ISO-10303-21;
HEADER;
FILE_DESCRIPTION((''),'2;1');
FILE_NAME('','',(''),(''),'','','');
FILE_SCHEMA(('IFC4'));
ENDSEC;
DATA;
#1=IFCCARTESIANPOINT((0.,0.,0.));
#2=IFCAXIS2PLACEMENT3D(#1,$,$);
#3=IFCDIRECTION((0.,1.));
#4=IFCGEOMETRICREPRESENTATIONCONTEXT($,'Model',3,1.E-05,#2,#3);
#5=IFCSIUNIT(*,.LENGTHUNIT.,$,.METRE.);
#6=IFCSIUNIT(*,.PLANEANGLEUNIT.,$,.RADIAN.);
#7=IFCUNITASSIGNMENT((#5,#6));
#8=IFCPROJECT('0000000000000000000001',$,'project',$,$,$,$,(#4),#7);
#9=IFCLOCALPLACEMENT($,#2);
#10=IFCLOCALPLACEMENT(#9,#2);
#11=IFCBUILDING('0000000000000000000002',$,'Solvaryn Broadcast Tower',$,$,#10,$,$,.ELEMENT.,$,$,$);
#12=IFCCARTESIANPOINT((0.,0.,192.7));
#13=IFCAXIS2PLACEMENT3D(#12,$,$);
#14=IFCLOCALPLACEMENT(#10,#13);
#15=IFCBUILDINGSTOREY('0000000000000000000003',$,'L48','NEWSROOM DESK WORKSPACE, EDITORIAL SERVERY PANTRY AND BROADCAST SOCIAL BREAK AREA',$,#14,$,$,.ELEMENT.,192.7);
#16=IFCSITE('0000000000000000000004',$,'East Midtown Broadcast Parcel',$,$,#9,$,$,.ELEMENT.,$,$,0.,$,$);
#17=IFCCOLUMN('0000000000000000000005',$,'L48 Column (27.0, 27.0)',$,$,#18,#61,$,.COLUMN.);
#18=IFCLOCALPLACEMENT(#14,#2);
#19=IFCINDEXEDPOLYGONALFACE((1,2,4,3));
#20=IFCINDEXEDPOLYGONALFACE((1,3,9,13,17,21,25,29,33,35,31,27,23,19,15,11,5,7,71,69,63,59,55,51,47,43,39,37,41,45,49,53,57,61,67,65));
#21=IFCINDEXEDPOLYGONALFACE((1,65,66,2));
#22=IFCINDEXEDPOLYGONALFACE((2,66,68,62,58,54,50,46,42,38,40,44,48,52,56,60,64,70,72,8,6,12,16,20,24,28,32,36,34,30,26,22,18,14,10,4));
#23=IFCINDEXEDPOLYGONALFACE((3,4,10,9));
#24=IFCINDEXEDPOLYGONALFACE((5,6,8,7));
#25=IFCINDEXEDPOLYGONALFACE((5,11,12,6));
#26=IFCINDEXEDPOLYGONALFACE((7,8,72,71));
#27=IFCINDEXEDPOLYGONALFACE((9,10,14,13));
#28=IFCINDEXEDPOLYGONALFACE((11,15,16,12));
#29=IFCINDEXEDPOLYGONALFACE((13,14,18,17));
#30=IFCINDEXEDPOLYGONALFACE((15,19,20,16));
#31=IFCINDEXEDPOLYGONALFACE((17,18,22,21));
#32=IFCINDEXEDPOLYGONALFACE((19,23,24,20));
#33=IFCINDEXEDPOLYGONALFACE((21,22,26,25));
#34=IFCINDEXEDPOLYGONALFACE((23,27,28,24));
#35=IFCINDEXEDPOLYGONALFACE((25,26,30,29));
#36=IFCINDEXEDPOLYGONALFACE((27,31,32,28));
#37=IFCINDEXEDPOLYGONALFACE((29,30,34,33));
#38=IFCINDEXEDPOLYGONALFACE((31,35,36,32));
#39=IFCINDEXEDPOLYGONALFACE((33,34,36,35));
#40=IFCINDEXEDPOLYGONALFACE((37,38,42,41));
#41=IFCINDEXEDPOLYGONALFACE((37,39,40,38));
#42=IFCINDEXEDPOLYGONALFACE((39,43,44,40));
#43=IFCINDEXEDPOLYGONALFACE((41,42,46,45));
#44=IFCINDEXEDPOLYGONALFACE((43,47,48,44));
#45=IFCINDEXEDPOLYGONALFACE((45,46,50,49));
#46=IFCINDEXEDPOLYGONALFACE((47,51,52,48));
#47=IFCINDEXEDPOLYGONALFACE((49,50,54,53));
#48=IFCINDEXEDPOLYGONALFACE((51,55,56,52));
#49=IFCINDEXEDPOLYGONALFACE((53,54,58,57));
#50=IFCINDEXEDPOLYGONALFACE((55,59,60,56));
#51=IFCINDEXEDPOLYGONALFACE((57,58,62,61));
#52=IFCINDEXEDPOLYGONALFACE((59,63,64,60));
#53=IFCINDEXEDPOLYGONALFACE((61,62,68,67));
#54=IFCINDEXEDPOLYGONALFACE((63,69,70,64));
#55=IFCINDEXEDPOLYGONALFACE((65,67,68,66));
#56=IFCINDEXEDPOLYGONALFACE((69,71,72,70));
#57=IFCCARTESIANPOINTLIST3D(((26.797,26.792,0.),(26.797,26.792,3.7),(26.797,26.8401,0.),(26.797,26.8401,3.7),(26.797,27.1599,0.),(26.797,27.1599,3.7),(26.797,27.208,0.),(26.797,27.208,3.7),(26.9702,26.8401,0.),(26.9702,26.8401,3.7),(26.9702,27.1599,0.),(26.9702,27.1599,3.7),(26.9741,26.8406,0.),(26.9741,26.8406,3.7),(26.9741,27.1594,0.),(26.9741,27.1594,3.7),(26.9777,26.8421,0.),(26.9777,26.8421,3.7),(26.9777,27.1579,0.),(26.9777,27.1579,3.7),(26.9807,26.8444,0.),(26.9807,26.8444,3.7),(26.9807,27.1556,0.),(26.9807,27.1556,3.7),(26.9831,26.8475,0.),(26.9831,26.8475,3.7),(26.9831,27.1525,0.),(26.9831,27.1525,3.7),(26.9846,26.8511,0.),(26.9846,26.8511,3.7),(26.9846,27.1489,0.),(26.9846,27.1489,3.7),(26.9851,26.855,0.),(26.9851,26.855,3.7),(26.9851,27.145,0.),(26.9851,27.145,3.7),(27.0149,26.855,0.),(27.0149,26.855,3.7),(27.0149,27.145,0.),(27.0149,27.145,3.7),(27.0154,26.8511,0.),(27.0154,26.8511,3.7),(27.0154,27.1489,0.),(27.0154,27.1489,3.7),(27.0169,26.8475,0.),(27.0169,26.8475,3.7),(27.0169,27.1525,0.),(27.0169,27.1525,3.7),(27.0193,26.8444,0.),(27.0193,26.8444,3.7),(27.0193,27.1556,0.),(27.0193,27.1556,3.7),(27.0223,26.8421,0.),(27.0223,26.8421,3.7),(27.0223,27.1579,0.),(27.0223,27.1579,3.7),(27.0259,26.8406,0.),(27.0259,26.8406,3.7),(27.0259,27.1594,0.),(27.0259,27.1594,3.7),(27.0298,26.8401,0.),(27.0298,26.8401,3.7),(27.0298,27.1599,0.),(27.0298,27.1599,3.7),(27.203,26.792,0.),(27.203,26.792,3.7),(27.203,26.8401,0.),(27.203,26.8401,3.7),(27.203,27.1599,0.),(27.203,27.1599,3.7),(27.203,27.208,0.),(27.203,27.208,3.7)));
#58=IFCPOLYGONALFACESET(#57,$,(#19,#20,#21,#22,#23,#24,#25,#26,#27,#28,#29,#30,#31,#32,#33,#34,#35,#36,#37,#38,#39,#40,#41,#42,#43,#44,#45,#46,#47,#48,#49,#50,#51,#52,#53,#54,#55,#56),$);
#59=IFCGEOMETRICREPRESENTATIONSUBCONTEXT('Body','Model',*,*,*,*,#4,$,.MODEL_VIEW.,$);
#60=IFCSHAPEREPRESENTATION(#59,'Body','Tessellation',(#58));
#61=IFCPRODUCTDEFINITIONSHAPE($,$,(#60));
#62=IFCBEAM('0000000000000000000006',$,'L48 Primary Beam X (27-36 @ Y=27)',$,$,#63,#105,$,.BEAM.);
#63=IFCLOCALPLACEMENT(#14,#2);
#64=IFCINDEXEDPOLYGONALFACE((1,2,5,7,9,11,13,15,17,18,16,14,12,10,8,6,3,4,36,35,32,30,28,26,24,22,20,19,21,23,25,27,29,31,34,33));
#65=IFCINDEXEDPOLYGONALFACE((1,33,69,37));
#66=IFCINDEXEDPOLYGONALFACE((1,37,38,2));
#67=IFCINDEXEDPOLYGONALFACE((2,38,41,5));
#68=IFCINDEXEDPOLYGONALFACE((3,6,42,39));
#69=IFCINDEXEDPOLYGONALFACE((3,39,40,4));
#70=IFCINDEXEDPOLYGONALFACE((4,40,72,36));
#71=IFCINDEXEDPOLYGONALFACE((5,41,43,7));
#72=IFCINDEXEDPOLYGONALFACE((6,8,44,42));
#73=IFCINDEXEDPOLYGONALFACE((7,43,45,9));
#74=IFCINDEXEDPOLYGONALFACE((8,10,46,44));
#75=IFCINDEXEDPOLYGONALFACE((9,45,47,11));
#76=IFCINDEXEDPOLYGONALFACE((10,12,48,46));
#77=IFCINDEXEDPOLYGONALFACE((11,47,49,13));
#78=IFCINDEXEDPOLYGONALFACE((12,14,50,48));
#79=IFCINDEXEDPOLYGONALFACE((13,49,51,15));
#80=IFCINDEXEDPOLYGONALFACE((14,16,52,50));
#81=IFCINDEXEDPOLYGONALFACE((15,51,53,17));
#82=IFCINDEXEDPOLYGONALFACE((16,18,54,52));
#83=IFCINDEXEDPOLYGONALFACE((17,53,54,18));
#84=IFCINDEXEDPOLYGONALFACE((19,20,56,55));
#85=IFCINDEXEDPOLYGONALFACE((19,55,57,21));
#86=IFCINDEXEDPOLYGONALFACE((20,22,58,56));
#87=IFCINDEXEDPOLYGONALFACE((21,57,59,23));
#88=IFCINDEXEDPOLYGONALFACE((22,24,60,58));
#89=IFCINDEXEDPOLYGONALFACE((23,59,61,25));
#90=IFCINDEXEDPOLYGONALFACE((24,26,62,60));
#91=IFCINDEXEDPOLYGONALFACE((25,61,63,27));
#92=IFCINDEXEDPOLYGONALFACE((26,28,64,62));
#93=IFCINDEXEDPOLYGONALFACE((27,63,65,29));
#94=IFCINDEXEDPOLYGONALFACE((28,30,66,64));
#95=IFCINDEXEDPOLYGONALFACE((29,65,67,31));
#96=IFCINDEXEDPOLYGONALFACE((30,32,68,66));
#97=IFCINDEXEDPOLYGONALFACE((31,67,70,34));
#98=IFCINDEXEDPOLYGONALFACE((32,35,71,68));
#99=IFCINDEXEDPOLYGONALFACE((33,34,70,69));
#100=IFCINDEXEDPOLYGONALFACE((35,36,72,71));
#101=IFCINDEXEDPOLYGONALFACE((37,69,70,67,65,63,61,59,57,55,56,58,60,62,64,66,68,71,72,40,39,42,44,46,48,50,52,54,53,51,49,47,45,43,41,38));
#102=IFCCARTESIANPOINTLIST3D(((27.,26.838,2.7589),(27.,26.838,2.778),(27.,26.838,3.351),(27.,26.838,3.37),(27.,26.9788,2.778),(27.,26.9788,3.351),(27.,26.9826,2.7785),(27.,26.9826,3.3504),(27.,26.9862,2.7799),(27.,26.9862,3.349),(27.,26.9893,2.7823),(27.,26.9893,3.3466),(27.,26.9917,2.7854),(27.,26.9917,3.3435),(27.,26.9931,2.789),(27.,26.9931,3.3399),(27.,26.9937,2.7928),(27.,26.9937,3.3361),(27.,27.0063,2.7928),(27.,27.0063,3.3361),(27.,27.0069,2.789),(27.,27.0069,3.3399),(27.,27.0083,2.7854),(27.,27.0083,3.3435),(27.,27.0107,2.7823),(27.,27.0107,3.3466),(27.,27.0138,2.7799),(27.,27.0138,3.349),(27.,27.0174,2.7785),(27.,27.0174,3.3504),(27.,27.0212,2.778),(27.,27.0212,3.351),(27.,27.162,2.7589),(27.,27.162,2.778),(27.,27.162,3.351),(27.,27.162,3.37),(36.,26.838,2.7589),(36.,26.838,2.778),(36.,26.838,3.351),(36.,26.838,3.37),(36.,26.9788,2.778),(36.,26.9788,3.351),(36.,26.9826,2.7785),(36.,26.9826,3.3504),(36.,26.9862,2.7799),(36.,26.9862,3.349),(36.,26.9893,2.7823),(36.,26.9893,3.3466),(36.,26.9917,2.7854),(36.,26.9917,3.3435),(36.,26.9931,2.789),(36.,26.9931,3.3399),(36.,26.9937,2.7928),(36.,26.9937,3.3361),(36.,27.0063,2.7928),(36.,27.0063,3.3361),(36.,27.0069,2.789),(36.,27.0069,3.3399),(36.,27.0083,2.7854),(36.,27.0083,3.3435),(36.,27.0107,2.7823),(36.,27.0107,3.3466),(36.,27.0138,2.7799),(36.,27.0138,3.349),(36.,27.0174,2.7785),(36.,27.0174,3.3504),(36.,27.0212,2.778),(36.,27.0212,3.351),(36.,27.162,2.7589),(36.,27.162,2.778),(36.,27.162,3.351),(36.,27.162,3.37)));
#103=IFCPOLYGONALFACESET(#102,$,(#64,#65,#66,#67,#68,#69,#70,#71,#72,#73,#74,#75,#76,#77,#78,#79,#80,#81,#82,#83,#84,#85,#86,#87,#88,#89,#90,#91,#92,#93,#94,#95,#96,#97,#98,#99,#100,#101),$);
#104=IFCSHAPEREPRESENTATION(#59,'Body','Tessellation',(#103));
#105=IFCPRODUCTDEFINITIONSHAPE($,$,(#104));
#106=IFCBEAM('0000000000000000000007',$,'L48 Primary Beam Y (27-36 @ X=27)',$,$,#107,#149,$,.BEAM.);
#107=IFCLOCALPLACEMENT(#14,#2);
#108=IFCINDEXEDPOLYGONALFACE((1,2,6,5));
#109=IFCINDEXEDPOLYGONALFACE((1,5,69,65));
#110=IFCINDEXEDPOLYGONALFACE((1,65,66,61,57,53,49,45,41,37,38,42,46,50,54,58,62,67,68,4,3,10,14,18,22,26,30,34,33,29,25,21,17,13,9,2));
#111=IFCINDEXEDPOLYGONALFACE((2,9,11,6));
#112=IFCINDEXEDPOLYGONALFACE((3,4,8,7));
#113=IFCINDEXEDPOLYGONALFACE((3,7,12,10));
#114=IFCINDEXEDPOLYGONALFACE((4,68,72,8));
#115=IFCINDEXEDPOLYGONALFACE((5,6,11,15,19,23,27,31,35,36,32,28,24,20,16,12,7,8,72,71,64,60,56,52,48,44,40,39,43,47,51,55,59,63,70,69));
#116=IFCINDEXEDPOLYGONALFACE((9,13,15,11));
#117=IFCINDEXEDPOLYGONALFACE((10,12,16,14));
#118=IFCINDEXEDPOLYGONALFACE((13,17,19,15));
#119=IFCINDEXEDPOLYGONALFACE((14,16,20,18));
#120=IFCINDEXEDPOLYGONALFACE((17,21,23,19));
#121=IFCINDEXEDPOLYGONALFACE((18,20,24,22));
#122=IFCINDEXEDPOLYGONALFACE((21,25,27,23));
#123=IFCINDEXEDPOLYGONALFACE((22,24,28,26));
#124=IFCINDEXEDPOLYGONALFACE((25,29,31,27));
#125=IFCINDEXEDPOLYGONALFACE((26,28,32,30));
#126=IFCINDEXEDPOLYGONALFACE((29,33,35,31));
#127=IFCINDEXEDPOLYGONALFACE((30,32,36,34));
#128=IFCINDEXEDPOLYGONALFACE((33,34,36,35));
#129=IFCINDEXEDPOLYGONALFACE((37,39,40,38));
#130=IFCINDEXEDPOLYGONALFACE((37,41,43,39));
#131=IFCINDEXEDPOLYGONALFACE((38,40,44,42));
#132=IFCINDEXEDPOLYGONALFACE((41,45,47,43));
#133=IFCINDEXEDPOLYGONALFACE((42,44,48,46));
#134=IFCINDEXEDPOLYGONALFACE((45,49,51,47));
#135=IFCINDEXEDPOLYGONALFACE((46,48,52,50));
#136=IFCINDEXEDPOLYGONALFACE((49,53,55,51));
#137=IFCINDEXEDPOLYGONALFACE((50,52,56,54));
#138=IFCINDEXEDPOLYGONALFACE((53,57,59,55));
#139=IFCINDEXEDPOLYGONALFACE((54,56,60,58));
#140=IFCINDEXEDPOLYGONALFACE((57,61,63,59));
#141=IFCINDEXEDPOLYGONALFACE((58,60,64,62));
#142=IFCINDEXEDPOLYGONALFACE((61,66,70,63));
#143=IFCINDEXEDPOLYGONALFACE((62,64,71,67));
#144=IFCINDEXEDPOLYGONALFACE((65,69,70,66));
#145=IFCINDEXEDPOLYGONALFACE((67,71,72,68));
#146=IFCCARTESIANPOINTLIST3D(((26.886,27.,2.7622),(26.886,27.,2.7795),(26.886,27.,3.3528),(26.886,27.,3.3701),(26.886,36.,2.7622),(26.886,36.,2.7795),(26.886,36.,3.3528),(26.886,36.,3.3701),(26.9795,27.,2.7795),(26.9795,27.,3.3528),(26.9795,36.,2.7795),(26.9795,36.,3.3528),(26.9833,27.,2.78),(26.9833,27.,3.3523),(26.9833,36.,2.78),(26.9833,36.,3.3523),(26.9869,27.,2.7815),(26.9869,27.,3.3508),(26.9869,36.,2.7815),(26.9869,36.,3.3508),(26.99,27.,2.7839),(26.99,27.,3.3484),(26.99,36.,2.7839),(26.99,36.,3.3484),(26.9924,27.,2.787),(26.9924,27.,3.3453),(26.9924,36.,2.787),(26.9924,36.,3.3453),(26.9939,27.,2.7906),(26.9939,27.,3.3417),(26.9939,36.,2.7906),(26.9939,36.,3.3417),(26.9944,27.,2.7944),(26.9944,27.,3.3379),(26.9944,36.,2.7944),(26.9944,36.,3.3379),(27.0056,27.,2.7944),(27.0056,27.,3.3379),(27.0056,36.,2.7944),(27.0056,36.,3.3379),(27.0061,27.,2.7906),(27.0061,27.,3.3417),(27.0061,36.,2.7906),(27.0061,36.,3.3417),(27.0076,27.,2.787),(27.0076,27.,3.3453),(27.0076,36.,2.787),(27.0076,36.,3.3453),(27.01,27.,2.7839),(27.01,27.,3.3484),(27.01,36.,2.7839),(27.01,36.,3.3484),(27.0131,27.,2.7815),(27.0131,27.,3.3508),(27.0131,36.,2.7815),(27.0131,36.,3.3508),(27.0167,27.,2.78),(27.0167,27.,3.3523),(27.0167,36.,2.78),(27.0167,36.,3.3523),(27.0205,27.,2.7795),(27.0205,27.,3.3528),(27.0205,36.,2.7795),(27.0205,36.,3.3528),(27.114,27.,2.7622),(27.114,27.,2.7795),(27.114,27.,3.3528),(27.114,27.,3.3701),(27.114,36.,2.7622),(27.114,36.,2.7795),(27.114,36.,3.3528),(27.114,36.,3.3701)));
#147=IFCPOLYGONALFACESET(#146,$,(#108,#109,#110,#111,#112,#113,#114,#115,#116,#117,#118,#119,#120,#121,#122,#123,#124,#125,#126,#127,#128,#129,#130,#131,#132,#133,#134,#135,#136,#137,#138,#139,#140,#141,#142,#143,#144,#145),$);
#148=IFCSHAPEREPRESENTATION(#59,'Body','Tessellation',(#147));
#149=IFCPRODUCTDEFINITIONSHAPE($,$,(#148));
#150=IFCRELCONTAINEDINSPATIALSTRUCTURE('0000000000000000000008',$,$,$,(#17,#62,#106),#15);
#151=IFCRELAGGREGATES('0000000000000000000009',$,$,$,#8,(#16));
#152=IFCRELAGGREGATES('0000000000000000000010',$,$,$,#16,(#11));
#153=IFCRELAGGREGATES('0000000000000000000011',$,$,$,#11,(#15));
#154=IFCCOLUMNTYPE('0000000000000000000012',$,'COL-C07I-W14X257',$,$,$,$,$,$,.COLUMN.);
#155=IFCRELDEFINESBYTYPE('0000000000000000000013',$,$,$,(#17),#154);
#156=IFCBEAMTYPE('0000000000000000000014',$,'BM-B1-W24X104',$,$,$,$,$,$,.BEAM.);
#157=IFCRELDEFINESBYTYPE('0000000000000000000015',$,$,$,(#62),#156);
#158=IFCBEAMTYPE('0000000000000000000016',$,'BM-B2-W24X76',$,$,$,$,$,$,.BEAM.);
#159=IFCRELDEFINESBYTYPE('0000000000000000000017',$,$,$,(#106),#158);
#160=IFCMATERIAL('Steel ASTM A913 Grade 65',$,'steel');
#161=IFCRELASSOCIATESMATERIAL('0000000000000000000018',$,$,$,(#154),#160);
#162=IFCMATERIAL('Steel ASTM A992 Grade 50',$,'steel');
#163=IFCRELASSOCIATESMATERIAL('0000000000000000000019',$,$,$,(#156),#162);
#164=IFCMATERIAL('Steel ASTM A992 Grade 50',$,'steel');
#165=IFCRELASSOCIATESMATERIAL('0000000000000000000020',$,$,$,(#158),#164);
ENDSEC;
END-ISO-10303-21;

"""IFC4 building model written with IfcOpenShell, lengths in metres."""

from ifc_helpers import new_model, si_unit, direction, frame, origin, origin_2d, place, context, subcontext, project, spatial, i_section, extrude, material, material_profile, profile_set, type_object, element, save


model = new_model("IFC4")

# Units and contexts
model_context = context("Model", 3, precision=1e-05, world=origin(), true_north=direction((0.0, 1.0)))
body_context = subcontext(model_context, "Body", "Model", "MODEL_VIEW")
ifc_project = project(units=[si_unit("LENGTHUNIT", "METRE"), si_unit("PLANEANGLEUNIT", "RADIAN")], contexts=[model_context])

# Site, building, storey
site_placement = place(None, origin())
site = spatial("IfcSite", under=ifc_project, at=site_placement, Name="East Midtown Broadcast Parcel", CompositionType="ELEMENT", RefElevation=0.0)
building_placement = place(site_placement, origin())
building = spatial("IfcBuilding", under=site, at=building_placement, Name="Solvaryn Broadcast Tower", CompositionType="ELEMENT")
storey_placement = place(building_placement, frame((0.0, 0.0, 192.7)))
storey = spatial("IfcBuildingStorey", under=building, at=storey_placement, Name="L48", Description="NEWSROOM DESK WORKSPACE, EDITORIAL SERVERY PANTRY AND BROADCAST SOCIAL BREAK AREA", CompositionType="ELEMENT", Elevation=192.7)

# Column
ifc_material_1 = material(Name="Steel ASTM A913 Grade 65", Category="steel")
ifc_material_profile_1 = material_profile(ifc_material_1, i_section(OverallWidth=0.406, OverallDepth=0.416, WebThickness=0.0298, FlangeThickness=0.0481, FilletRadius=0.0149, at=origin_2d()))
ifc_profile_set_1 = profile_set([ifc_material_profile_1], Name="Steel ASTM A913 Grade 65")
column_type = type_object("IfcColumnType", Name="COL-C07I-W14X257", PredefinedType="COLUMN", material=ifc_profile_set_1)
column_placement = place(storey_placement, frame((27.0, 27.0, 0.0), z_axis=(0.0, 0.0, 1.0), x_axis=(1.0, 0.0, 0.0)))
element("IfcColumn", 1, at=column_placement, inside=storey, type_object=column_type, Name="L48 Column (27.0, 27.0)", PredefinedType="COLUMN", context=body_context, shape_type="SweptSolid", body=[
    extrude(i_section(OverallWidth=0.406, OverallDepth=0.416, WebThickness=0.0298, FlangeThickness=0.0481, FilletRadius=0.0149, at=origin_2d()), origin(), (0.0, 0.0, 1.0), 3.7),
])

# Beams
ifc_material_2 = material(Name="Steel ASTM A992 Grade 50", Category="steel")
ifc_material_profile_2 = material_profile(ifc_material_2, i_section(OverallWidth=0.324, OverallDepth=0.6111, WebThickness=0.0127, FlangeThickness=0.019, FilletRadius=0.0149, at=origin_2d()))
ifc_profile_set_2 = profile_set([ifc_material_profile_2], Name="Steel ASTM A992 Grade 50")
beam_type_1 = type_object("IfcBeamType", Name="BM-B1-W24X104", PredefinedType="BEAM", material=ifc_profile_set_2)
beam_1_placement = place(storey_placement, frame((27.0, 27.0, 3.0645), z_axis=(1.0, 0.0, 0.0), x_axis=(0.0, 1.0, 0.0)))
element("IfcBeam", 2, at=beam_1_placement, inside=storey, type_object=beam_type_1, Name="L48 Primary Beam X (27-36 @ Y=27)", PredefinedType="BEAM", context=body_context, shape_type="SweptSolid", body=[
    extrude(i_section(OverallWidth=0.324, OverallDepth=0.6111, WebThickness=0.0127, FlangeThickness=0.019, FilletRadius=0.0149, at=origin_2d()), origin(), (0.0, 0.0, 1.0), 9.0),
])
ifc_material_3 = material(Name="Steel ASTM A992 Grade 50", Category="steel")
ifc_material_profile_3 = material_profile(ifc_material_3, i_section(OverallWidth=0.228, OverallDepth=0.6079, WebThickness=0.0112, FlangeThickness=0.0173, FilletRadius=0.0149, at=origin_2d()))
ifc_profile_set_3 = profile_set([ifc_material_profile_3], Name="Steel ASTM A992 Grade 50")
beam_type_2 = type_object("IfcBeamType", Name="BM-B2-W24X76", PredefinedType="BEAM", material=ifc_profile_set_3)
beam_2_placement = place(storey_placement, frame((27.0, 27.0, 3.0662), z_axis=(0.0, 1.0, 0.0), x_axis=(-1.0, 0.0, 0.0)))
element("IfcBeam", 3, at=beam_2_placement, inside=storey, type_object=beam_type_2, Name="L48 Primary Beam Y (27-36 @ X=27)", PredefinedType="BEAM", context=body_context, shape_type="SweptSolid", body=[
    extrude(i_section(OverallWidth=0.228, OverallDepth=0.6079, WebThickness=0.0112, FlangeThickness=0.0173, FilletRadius=0.0149, at=origin_2d()), origin(), (0.0, 0.0, 1.0), 9.0),
])

save(model, "model.ifc")
